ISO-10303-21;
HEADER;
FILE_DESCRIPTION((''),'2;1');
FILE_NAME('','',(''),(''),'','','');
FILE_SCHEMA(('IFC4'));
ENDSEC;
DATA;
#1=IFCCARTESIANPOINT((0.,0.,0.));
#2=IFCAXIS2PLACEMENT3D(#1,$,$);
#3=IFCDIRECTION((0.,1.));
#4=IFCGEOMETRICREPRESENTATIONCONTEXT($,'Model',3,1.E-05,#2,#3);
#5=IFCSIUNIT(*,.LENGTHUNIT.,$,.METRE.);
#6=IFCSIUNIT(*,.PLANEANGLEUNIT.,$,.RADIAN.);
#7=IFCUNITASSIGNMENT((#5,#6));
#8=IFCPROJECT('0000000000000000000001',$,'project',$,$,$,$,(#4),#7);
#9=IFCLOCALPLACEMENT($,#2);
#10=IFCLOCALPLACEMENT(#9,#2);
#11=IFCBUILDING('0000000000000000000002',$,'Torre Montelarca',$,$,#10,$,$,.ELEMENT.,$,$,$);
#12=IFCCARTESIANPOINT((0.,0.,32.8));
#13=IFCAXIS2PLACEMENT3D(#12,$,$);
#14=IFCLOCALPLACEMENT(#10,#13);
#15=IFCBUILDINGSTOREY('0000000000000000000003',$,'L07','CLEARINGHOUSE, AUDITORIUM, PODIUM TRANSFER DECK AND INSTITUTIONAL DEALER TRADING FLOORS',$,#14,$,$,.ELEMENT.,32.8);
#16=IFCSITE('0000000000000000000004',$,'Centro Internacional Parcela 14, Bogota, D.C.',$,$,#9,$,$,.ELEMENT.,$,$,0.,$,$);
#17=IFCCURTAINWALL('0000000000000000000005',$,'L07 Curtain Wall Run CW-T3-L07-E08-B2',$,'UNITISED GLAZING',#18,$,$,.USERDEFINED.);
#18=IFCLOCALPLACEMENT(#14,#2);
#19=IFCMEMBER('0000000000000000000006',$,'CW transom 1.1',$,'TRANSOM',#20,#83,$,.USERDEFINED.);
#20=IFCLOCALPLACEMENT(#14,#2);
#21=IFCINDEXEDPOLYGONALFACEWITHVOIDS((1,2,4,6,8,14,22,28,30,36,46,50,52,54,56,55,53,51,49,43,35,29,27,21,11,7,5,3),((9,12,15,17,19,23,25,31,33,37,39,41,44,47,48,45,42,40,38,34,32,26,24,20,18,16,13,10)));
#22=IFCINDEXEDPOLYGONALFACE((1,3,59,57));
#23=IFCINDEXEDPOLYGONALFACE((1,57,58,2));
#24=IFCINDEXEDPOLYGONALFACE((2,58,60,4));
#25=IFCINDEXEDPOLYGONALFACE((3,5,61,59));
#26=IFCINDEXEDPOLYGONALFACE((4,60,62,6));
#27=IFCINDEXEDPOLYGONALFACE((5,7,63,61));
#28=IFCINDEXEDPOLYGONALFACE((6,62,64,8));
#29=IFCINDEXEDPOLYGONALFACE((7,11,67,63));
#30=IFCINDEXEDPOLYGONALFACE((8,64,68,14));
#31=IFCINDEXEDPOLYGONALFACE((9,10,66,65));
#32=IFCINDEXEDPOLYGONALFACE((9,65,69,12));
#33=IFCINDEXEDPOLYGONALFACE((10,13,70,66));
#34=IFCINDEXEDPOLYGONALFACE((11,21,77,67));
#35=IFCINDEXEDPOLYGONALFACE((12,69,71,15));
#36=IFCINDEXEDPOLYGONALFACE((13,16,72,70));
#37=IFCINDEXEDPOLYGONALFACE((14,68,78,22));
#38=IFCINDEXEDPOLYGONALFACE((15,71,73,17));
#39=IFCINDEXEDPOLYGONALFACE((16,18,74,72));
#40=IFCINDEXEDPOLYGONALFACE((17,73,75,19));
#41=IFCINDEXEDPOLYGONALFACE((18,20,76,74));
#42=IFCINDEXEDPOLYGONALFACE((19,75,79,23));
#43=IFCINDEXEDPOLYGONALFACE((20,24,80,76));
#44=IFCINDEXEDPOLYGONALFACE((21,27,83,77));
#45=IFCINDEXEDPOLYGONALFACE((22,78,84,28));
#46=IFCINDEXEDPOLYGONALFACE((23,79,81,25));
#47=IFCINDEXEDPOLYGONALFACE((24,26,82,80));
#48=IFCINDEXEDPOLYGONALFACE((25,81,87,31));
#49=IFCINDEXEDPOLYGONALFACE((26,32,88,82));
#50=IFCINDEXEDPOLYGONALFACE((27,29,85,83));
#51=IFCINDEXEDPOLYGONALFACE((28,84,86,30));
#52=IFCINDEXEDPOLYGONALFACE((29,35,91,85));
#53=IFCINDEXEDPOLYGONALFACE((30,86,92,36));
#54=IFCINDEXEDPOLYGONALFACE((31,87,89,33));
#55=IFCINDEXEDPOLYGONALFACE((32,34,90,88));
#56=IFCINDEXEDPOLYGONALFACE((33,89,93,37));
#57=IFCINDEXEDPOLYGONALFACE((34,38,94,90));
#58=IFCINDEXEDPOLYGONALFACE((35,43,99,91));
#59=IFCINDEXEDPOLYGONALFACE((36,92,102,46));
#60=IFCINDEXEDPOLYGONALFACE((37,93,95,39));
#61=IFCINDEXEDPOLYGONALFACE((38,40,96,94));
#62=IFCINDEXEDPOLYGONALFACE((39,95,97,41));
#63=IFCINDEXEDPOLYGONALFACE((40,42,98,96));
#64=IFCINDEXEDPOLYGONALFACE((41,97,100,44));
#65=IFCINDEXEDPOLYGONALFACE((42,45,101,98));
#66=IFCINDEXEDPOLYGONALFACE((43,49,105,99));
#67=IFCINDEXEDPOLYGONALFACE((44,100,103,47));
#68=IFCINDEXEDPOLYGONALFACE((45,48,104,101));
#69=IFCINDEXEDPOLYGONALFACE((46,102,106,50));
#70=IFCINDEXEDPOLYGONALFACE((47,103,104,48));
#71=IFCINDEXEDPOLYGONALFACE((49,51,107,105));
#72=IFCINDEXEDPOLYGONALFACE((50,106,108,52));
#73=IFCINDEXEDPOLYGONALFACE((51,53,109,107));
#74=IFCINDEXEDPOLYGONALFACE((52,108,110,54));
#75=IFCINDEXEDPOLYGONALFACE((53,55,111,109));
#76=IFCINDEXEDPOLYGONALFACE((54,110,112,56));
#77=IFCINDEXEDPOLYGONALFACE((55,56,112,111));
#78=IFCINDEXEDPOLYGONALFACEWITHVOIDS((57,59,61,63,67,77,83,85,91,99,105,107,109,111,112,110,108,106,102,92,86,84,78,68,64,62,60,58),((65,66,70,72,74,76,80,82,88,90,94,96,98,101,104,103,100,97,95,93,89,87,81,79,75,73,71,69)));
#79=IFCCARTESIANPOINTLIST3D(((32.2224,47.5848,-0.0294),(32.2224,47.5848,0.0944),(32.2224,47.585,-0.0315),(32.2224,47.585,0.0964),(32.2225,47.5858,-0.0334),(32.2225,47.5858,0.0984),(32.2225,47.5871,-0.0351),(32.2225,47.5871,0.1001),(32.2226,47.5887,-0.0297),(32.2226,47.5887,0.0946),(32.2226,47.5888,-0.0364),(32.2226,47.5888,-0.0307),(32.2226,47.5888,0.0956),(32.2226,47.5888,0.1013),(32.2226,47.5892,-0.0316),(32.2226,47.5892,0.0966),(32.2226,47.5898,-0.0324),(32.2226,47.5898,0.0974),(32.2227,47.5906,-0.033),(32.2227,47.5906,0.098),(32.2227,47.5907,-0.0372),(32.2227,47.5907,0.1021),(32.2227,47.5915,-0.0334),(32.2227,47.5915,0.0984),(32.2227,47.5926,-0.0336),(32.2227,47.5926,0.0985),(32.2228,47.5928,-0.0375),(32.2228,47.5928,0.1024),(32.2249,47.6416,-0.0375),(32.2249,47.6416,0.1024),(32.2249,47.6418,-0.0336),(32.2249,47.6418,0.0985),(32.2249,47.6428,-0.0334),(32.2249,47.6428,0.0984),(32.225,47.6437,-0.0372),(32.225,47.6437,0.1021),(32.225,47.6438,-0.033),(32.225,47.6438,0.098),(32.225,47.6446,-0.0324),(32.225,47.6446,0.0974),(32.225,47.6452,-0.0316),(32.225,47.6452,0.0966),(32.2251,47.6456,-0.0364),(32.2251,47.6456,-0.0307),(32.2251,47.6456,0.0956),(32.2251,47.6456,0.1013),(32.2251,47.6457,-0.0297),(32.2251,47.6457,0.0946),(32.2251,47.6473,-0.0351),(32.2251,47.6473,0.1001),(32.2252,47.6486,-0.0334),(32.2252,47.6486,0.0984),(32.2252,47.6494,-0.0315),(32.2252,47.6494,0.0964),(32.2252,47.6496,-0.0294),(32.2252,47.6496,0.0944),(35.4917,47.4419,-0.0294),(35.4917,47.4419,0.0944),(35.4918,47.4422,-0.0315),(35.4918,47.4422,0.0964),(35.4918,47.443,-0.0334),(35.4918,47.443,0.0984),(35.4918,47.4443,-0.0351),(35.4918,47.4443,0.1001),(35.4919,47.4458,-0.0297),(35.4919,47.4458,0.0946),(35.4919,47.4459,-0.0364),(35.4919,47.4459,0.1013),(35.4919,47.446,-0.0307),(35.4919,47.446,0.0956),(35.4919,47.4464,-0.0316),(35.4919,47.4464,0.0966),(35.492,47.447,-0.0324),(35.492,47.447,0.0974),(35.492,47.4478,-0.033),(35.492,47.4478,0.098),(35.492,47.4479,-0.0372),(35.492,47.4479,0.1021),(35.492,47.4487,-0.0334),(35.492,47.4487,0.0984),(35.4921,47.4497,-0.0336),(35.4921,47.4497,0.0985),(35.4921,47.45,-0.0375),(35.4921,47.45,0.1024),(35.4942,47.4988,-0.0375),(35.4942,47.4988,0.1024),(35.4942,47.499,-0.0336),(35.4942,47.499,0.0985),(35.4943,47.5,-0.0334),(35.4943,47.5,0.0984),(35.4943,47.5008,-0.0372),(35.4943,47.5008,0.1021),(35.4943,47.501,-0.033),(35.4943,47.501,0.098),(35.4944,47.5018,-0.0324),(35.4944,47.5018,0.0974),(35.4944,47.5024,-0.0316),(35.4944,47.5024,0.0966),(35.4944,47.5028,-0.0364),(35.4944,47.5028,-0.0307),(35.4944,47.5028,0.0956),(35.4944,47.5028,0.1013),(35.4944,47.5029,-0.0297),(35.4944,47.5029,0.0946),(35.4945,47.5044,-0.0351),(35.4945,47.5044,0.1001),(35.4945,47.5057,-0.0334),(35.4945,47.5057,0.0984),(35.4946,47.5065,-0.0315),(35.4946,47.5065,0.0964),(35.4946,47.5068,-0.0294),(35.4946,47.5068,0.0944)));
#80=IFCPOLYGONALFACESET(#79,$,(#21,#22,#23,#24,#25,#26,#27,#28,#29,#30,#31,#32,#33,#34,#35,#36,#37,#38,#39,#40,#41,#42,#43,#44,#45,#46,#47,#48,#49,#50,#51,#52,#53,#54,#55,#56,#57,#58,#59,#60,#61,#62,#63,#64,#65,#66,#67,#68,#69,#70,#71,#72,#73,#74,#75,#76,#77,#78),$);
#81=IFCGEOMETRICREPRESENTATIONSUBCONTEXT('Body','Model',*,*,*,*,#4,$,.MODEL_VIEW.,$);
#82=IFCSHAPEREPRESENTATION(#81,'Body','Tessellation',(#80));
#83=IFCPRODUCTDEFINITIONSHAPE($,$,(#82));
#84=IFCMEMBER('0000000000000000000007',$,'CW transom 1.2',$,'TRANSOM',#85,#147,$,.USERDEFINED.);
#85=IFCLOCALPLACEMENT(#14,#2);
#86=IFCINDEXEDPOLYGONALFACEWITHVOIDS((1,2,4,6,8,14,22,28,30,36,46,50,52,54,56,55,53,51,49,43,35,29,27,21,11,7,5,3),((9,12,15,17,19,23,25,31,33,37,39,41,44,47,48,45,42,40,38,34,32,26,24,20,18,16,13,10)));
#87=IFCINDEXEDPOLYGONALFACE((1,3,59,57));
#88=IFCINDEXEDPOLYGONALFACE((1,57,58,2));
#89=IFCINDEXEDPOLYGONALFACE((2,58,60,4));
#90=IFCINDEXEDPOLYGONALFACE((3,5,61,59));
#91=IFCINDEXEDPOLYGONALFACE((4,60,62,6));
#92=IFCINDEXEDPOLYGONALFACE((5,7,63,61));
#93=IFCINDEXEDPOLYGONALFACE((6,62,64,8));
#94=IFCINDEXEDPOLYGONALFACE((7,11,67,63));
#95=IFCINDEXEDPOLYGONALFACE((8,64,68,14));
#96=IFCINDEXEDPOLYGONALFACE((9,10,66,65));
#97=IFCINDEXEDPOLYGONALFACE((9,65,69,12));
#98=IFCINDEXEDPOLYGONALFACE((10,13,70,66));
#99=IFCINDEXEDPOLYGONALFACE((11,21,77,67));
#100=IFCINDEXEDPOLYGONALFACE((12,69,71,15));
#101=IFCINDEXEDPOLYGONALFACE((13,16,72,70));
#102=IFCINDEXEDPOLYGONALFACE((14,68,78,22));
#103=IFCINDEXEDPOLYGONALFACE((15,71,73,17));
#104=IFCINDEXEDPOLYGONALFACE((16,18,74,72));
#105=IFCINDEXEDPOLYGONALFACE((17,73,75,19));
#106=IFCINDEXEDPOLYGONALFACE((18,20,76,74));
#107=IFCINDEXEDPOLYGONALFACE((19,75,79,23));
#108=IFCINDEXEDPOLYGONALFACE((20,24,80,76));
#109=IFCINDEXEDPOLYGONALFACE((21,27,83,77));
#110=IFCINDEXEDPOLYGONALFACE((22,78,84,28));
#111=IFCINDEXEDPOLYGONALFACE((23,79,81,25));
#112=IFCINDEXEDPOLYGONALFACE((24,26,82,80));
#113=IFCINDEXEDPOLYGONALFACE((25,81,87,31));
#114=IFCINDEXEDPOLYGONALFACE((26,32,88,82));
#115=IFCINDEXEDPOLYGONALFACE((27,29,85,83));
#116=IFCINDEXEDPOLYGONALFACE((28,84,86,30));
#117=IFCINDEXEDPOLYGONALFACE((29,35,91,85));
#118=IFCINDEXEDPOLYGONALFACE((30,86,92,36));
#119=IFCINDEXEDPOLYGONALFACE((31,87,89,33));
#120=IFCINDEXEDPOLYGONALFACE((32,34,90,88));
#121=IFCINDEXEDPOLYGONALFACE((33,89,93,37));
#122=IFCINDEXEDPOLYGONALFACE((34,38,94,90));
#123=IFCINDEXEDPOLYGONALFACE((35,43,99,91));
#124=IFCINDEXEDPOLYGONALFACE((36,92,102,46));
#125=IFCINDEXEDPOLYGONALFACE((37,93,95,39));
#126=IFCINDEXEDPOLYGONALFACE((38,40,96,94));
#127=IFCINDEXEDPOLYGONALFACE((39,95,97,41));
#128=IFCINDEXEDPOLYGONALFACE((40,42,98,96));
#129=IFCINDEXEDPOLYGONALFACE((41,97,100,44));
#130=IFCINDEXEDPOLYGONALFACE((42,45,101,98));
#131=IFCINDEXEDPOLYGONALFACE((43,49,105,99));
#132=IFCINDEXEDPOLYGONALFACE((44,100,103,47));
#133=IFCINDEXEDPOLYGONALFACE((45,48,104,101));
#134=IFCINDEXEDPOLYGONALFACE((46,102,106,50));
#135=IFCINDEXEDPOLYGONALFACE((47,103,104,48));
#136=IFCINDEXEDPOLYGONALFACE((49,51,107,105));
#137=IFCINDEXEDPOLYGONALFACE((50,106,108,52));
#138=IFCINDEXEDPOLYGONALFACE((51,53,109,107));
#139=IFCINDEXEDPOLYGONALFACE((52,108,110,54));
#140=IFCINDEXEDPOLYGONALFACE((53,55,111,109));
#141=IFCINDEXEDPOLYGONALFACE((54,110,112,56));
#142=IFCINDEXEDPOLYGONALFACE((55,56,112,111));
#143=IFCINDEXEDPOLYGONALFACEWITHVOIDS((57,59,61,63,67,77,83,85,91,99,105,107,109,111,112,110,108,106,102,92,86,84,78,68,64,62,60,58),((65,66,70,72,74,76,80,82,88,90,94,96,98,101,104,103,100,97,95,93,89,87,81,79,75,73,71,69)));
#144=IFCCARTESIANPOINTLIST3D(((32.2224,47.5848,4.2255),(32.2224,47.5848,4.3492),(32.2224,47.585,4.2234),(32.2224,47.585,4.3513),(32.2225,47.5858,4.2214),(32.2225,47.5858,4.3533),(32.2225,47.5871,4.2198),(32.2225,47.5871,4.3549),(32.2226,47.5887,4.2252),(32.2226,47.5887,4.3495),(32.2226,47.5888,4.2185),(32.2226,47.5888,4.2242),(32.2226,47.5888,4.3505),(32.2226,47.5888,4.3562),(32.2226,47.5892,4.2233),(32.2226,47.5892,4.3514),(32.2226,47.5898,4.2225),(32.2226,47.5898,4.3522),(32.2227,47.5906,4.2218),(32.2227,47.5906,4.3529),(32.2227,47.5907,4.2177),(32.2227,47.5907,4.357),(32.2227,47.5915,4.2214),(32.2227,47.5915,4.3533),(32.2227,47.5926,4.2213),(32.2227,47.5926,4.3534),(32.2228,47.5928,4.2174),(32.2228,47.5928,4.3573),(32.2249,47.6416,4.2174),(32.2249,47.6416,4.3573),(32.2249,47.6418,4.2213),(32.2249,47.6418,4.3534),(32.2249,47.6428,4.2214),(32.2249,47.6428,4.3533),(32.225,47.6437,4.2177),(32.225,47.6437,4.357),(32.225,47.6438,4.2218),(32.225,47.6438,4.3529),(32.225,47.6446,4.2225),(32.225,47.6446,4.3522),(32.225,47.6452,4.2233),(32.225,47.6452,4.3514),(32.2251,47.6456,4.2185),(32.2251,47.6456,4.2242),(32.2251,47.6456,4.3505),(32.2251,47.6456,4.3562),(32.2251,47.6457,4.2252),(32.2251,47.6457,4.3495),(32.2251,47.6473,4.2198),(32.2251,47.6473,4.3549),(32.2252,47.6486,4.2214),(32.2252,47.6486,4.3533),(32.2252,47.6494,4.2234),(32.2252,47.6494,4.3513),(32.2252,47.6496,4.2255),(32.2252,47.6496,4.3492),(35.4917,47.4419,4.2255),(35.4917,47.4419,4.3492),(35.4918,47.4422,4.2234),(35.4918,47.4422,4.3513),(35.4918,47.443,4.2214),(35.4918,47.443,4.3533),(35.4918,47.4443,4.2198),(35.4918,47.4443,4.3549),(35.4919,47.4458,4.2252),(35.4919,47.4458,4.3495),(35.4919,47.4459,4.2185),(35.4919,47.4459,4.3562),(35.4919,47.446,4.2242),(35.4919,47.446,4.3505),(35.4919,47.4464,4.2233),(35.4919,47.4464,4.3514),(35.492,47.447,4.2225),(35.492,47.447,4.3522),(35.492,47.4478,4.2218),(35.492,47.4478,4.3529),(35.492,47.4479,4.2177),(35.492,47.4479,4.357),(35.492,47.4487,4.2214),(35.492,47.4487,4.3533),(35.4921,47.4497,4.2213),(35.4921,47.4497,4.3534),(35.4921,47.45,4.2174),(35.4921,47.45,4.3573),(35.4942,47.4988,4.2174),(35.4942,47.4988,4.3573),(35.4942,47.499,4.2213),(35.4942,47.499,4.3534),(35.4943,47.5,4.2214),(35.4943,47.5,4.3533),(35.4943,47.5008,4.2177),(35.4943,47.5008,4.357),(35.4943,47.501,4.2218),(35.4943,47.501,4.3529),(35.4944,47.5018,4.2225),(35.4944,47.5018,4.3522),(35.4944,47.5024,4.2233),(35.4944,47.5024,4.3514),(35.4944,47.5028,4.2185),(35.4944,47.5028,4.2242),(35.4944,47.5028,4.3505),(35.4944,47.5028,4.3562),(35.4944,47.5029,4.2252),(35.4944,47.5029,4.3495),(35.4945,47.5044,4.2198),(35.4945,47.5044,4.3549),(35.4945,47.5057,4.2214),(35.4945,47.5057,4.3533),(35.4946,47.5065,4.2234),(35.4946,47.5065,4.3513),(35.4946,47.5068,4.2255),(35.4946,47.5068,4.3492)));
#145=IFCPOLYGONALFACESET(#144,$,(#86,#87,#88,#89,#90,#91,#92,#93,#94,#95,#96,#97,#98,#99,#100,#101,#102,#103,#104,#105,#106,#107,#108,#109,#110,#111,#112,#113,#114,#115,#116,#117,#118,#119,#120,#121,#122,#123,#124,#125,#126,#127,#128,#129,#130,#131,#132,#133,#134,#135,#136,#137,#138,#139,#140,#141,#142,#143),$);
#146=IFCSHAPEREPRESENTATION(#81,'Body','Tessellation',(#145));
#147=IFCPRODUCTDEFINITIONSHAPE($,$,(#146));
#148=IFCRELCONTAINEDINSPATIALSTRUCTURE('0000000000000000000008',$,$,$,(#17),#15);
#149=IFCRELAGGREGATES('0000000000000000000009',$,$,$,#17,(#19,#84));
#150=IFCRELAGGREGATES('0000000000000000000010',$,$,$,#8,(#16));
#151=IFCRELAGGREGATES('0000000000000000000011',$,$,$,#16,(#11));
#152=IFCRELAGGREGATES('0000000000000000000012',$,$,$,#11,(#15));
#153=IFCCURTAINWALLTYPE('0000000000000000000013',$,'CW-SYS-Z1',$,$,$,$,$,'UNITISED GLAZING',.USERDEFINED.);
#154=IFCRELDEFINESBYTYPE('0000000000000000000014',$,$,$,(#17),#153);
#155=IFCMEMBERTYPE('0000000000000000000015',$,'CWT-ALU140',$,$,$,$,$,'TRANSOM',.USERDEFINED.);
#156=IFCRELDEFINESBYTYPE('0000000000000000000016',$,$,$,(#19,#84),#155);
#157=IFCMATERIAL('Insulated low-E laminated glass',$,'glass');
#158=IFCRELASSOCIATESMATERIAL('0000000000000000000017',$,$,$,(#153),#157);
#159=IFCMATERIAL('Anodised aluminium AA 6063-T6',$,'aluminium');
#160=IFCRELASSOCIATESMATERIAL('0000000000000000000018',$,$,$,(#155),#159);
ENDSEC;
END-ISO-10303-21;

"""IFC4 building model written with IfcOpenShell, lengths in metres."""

from ifc_helpers import new_model, si_unit, direction, frame, origin, origin_2d, place, context, subcontext, project, spatial, hollow_rectangle, extrude, source, transform, mapped, material, material_profile, profile_set, type_object, element, aggregate, save


model = new_model("IFC4")

# Units and contexts
model_context = context("Model", 3, precision=1e-05, world=origin(), true_north=direction((0.0, 1.0)))
body_context = subcontext(model_context, "Body", "Model", "MODEL_VIEW")
ifc_project = project(units=[si_unit("LENGTHUNIT", "METRE"), si_unit("PLANEANGLEUNIT", "RADIAN")], contexts=[model_context])

# Site, building, storey
site_placement = place(None, origin())
site = spatial("IfcSite", under=ifc_project, at=site_placement, Name="Centro Internacional Parcela 14, Bogota, D.C.", CompositionType="ELEMENT", RefElevation=0.0)
building_placement = place(site_placement, origin())
building = spatial("IfcBuilding", under=site, at=building_placement, Name="Torre Montelarca", CompositionType="ELEMENT")
storey_placement = place(building_placement, frame((0.0, 0.0, 32.8)))
storey = spatial("IfcBuildingStorey", under=building, at=storey_placement, Name="L07", Description="CLEARINGHOUSE, AUDITORIUM, PODIUM TRANSFER DECK AND INSTITUTIONAL DEALER TRADING FLOORS", CompositionType="ELEMENT", Elevation=32.8)

# Shared definitions
ifc_material_1 = material(Name="Insulated low-E laminated glass", Category="glass")
curtain_wall_type = type_object("IfcCurtainWallType", Name="CW-SYS-Z1", ElementType="UNITISED GLAZING", PredefinedType="USERDEFINED", material=ifc_material_1)
ifc_material_2 = material(Name="Anodised aluminium AA 6063-T6", Category="aluminium")

# Curtain wall, members
curtain_wall_1_placement = place(storey_placement, origin())
curtain_wall_1 = element("IfcCurtainWall", 1, at=curtain_wall_1_placement, inside=storey, type_object=curtain_wall_type, Name="L07 Curtain Wall Run CW-T3-L07-E08-B2", ObjectType="UNITISED GLAZING", PredefinedType="USERDEFINED")
ifc_material_profile_1 = material_profile(ifc_material_2, hollow_rectangle(XDim=0.0649, YDim=0.1399, WallThickness=0.0039, InnerFilletRadius=0.0039, OuterFilletRadius=0.0081, at=origin_2d()), Name="ALU65X140X4", Category="aluminium")
ifc_profile_set_1 = profile_set([ifc_material_profile_1], Name="Anodised aluminium AA 6063-T6")
member_type_1 = type_object("IfcMemberType", Name="CWT-ALU140", ElementType="TRANSOM", PredefinedType="USERDEFINED", material=ifc_profile_set_1)
shared_shape_1 = source(origin(), body_context, "Body", "SweptSolid", [
    extrude(hollow_rectangle(XDim=0.0649, YDim=0.1399, WallThickness=0.0039, InnerFilletRadius=0.0039, OuterFilletRadius=0.0081, at=origin_2d()), origin(), (0.0, 0.0, 1.0), 3.2725),
])
member_1_placement = place(storey_placement, frame((35.4932, 47.4744, 0.0325), z_axis=(-0.999047, 0.043644, 0.0), x_axis=(-0.043644, -0.999047, 0.0)))
member_1 = element("IfcMember", 2, at=member_1_placement, type_object=member_type_1, Name="CW transom 1.1", ObjectType="TRANSOM", PredefinedType="USERDEFINED", context=body_context, shape_type="MappedRepresentation", body=[
    mapped(shared_shape_1, transform((0.0, 0.0, 0.0), scale=1.0)),
])
member_2_placement = place(storey_placement, frame((35.4932, 47.4744, 4.2874), z_axis=(-0.999047, 0.043644, 0.0), x_axis=(-0.043644, -0.999047, 0.0)))
member_2 = element("IfcMember", 3, at=member_2_placement, type_object=member_type_1, Name="CW transom 1.2", ObjectType="TRANSOM", PredefinedType="USERDEFINED", context=body_context, shape_type="MappedRepresentation", body=[
    mapped(shared_shape_1, transform((0.0, 0.0, 0.0), scale=1.0)),
])
aggregate(curtain_wall_1, [member_1, member_2])

save(model, "model.ifc")
